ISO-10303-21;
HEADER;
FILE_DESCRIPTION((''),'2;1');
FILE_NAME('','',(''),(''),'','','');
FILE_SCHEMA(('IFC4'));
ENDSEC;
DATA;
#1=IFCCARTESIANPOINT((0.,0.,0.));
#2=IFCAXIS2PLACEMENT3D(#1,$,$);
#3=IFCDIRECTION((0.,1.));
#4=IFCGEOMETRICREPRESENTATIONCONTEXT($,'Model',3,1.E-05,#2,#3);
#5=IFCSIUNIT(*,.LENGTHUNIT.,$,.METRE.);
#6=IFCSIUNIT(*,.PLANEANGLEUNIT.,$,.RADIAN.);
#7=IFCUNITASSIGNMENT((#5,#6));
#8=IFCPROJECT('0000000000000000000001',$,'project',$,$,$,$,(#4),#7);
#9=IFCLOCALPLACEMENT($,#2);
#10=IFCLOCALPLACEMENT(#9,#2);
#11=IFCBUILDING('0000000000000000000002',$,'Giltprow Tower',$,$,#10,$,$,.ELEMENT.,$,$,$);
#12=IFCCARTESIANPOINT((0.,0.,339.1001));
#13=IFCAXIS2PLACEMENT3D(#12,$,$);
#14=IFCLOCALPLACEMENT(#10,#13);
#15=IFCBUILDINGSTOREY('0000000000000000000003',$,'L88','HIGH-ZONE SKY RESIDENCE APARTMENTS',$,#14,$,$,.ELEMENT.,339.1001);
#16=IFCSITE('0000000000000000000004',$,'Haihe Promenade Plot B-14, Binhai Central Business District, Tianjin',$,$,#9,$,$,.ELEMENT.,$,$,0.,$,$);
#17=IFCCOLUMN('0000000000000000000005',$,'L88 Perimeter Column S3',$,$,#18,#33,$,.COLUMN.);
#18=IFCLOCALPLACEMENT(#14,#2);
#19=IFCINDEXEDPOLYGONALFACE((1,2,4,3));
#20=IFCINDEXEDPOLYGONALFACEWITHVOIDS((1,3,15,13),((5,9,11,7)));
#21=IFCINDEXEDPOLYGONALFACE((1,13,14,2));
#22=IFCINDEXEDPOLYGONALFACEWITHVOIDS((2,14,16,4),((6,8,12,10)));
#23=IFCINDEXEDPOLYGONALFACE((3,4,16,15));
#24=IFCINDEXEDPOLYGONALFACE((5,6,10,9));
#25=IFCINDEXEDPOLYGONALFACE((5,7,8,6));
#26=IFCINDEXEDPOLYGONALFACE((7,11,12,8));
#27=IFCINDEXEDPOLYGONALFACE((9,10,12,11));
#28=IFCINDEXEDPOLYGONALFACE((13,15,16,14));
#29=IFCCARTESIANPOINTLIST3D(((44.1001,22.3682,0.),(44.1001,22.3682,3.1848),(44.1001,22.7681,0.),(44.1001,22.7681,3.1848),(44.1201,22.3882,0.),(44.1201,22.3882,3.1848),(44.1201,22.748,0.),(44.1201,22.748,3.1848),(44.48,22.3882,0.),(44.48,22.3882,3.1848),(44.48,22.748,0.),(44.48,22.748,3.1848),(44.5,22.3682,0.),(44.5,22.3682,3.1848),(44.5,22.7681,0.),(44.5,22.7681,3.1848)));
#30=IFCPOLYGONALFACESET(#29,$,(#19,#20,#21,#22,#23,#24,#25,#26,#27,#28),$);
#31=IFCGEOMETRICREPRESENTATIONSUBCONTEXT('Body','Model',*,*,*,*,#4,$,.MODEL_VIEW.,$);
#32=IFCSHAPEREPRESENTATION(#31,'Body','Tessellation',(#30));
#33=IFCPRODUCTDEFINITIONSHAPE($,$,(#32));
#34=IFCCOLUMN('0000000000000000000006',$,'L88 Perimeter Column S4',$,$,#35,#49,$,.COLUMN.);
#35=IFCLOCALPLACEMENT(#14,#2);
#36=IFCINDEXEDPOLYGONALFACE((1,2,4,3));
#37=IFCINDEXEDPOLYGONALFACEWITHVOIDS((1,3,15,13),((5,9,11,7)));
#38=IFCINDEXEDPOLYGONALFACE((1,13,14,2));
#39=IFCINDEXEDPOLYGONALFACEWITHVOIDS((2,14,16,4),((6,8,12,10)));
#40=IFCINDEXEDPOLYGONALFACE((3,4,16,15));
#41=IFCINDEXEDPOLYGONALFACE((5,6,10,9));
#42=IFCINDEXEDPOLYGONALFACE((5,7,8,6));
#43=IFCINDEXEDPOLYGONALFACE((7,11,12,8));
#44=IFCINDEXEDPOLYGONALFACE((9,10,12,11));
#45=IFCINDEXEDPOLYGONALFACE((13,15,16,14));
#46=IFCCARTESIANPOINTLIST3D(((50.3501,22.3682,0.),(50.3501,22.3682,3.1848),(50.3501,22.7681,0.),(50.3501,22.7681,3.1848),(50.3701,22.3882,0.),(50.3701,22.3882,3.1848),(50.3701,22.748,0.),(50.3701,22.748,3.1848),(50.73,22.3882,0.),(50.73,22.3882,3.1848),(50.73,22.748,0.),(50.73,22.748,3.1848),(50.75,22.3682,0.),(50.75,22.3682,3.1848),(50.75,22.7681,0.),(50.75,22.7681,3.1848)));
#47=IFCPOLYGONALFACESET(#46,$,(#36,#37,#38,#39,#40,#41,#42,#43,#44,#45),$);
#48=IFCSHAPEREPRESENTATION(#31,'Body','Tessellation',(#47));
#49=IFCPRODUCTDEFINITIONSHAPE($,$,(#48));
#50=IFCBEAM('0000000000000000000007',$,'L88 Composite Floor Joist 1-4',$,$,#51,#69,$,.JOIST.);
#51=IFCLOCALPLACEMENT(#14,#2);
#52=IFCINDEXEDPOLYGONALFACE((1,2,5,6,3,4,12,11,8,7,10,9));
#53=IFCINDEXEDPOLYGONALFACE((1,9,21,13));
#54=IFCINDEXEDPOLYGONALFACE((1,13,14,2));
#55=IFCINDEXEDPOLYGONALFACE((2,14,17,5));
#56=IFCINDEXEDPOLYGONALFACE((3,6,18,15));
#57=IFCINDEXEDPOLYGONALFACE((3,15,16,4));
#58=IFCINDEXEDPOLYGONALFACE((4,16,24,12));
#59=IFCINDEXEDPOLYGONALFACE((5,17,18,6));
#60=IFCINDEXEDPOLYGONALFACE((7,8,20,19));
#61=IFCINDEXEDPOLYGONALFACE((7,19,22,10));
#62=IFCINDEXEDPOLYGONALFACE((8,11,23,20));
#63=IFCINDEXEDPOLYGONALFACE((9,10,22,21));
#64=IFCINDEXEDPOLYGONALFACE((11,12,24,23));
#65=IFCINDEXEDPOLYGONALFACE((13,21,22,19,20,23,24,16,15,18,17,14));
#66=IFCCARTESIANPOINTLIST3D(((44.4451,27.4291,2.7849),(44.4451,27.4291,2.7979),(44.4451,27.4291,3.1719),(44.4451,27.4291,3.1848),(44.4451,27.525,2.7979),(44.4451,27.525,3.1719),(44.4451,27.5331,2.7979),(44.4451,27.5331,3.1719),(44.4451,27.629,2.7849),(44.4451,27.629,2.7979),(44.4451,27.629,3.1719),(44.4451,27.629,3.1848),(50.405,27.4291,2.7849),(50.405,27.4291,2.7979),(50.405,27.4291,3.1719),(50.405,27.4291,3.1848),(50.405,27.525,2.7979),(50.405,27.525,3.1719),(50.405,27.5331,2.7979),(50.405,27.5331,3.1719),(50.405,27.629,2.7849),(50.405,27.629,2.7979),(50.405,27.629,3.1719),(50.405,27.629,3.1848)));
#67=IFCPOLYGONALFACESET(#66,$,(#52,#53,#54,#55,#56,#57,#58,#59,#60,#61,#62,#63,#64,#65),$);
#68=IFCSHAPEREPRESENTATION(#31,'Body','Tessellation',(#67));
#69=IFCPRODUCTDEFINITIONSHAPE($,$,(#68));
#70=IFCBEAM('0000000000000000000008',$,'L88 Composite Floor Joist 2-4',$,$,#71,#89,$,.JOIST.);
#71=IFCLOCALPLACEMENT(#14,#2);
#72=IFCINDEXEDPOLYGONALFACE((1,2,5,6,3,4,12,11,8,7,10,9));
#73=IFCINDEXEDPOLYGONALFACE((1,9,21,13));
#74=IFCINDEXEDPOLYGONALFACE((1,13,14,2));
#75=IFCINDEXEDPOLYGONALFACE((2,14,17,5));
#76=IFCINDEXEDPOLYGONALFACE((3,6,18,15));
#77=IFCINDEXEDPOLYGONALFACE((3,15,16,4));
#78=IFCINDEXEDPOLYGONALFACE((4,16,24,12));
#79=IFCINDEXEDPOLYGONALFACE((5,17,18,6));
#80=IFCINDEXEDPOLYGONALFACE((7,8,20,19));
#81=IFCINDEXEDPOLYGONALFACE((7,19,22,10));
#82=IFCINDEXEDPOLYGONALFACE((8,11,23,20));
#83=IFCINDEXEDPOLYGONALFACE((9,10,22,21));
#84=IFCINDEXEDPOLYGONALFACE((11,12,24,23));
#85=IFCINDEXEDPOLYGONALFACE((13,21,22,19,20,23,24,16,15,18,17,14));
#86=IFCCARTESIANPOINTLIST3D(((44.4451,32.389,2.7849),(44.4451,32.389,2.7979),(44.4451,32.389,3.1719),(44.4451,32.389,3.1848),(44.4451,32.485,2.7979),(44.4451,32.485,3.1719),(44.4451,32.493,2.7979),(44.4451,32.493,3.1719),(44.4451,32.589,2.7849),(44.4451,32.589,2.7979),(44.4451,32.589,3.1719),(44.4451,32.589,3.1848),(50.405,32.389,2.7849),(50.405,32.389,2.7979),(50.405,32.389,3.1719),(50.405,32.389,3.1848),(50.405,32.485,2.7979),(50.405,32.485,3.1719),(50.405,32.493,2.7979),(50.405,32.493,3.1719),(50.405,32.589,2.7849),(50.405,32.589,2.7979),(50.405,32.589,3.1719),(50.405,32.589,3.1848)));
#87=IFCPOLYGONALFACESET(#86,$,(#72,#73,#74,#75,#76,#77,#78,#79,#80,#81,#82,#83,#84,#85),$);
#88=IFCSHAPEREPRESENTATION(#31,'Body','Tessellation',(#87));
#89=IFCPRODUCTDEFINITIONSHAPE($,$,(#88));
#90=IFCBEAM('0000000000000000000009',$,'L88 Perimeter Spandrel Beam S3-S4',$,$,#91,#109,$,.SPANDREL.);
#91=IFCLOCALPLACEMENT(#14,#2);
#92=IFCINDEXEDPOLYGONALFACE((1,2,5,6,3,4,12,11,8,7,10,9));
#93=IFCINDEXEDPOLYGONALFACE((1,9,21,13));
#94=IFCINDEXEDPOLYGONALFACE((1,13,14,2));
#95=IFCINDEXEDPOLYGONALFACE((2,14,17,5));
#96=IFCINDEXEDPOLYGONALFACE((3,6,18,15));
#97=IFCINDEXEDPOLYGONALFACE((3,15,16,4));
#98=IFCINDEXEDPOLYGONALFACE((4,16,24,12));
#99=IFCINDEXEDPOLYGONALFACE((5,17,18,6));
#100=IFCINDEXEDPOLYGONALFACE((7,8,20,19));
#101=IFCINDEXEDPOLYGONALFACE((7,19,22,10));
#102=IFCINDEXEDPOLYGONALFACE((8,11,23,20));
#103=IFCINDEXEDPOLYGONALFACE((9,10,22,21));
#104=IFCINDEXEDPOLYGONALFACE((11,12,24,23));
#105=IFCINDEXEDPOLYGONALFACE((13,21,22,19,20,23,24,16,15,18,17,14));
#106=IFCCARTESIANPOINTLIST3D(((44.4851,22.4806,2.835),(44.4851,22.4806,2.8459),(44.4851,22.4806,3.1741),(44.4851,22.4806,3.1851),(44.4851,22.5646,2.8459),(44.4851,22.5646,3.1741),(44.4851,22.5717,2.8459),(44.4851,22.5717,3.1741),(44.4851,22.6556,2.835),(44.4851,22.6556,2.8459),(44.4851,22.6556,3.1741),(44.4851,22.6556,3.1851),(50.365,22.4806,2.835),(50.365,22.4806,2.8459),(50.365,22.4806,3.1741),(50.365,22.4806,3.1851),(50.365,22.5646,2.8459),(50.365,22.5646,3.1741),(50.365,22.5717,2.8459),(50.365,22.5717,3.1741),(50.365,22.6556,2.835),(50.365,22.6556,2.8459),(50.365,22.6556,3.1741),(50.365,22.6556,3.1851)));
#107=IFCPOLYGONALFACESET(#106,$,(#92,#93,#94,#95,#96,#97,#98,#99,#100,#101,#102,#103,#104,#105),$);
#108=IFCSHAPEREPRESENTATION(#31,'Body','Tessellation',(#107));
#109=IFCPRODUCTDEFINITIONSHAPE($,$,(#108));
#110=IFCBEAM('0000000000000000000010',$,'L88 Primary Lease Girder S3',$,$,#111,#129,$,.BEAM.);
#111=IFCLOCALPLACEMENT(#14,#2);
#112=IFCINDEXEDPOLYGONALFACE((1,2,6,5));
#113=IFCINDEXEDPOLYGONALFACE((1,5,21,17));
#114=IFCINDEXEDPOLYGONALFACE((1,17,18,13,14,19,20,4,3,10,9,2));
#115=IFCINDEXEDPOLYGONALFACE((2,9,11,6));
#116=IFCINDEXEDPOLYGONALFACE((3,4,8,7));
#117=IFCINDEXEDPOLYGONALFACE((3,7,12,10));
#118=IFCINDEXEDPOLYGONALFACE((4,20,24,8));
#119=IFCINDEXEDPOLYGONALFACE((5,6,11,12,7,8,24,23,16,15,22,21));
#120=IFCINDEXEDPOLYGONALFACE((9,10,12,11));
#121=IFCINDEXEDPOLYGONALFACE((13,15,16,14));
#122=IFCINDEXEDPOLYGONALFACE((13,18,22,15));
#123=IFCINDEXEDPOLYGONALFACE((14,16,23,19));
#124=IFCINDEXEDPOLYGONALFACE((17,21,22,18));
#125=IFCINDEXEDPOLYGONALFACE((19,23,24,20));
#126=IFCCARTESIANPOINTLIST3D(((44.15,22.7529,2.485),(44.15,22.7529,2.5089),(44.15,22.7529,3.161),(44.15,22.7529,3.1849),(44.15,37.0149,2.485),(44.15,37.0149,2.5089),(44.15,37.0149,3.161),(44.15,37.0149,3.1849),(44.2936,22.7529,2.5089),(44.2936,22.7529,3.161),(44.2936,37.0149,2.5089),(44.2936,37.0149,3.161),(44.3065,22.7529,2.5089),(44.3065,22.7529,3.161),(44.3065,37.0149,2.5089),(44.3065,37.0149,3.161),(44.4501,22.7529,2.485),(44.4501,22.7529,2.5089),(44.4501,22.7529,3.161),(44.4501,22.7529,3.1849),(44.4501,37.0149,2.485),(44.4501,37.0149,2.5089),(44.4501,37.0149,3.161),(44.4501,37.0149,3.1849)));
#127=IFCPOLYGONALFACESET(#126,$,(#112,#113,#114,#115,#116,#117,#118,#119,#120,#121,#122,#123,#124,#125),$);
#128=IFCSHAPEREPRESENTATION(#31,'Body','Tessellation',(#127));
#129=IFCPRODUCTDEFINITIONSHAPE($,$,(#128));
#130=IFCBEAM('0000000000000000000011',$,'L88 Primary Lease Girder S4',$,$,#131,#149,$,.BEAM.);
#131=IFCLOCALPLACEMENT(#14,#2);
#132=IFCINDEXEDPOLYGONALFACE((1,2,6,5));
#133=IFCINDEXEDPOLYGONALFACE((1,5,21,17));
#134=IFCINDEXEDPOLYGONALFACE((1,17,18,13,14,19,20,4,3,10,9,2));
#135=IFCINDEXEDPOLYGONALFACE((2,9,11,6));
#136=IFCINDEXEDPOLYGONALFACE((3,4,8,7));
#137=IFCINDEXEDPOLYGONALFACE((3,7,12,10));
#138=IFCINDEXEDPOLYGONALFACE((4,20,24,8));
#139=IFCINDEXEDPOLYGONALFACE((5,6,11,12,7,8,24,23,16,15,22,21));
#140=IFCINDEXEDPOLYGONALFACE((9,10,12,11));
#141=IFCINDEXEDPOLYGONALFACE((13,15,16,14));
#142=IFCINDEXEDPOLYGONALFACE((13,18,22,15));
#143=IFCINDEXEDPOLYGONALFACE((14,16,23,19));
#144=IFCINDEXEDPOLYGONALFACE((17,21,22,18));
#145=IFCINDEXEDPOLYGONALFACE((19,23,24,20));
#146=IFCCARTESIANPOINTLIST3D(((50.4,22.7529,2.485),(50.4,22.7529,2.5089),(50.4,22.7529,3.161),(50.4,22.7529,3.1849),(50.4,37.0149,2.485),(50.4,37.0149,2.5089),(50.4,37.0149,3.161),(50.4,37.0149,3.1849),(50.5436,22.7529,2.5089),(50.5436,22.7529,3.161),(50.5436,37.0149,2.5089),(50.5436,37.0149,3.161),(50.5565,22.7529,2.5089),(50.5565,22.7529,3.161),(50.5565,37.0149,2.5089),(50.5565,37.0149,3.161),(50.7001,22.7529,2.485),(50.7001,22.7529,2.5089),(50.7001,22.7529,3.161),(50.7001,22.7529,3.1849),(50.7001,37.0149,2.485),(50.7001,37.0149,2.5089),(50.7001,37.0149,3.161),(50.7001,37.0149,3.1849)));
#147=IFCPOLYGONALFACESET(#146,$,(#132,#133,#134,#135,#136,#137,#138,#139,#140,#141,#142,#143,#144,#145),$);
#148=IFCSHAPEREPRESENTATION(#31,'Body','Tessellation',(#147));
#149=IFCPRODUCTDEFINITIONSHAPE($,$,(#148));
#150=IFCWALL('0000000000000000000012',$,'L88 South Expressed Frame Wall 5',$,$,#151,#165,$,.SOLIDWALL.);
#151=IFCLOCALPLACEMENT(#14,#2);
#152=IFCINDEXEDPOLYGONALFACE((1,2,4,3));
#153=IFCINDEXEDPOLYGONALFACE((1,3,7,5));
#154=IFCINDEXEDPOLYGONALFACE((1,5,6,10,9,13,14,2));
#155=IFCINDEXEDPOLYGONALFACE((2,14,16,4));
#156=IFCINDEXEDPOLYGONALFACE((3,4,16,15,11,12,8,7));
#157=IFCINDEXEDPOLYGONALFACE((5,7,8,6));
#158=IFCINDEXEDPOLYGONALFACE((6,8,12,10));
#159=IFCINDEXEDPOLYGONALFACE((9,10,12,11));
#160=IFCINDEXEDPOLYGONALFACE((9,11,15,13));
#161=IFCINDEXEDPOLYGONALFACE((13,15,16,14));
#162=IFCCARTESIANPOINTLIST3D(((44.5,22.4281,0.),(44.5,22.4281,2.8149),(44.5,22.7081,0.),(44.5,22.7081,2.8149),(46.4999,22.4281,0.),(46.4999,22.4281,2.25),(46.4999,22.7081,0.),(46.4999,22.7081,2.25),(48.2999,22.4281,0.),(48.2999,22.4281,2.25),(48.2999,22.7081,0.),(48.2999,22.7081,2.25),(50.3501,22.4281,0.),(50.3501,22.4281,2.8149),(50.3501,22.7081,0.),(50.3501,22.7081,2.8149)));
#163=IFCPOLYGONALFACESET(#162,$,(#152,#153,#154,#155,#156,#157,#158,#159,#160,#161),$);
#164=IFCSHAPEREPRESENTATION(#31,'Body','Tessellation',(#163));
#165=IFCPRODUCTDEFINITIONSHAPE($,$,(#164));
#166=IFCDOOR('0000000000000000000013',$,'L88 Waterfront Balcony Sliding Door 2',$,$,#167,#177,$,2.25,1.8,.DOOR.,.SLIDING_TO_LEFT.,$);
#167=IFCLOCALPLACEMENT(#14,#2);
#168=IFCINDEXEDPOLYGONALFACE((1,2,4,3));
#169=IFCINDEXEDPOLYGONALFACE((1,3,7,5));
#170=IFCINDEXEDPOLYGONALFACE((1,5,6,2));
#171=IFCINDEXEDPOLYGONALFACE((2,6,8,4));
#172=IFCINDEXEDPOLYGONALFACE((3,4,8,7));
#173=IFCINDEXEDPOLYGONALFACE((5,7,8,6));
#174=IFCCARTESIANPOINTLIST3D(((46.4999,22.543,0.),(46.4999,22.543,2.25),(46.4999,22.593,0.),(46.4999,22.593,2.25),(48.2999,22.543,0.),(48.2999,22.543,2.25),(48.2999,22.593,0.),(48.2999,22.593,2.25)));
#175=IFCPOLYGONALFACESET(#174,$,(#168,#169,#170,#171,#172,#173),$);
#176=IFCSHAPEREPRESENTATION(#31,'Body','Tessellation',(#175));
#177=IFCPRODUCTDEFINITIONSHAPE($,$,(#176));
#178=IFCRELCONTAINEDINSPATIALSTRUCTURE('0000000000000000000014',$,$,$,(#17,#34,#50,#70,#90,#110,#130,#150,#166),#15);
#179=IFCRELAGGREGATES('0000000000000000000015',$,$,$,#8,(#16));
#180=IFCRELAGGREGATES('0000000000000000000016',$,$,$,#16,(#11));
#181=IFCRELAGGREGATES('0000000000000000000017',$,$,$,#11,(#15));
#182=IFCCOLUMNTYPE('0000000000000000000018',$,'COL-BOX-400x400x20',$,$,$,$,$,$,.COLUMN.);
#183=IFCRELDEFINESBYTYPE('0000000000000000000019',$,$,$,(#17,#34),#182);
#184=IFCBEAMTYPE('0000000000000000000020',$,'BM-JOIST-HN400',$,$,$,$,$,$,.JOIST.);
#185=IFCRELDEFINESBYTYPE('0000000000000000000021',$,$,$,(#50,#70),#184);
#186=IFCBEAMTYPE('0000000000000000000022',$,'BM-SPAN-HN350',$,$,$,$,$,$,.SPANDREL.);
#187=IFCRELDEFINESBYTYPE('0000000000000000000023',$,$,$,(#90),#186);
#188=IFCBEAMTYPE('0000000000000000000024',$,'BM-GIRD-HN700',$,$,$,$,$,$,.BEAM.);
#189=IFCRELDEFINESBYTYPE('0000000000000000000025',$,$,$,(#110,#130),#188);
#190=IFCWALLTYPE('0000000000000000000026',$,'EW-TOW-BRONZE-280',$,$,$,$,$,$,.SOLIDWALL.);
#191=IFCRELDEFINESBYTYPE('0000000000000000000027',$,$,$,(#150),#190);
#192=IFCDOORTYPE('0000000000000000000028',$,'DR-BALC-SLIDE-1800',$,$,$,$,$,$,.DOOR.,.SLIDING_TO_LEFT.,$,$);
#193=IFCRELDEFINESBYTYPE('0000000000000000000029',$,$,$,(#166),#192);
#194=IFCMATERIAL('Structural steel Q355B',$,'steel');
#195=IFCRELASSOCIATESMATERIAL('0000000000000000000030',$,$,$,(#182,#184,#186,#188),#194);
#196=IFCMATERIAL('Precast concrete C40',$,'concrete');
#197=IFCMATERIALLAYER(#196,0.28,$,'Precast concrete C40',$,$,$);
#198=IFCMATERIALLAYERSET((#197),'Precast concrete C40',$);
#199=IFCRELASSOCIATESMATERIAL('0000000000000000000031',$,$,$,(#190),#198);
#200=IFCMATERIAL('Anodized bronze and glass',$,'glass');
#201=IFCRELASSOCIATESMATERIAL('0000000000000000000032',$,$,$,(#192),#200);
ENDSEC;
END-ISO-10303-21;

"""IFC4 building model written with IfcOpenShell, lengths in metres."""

from ifc_helpers import new_model, si_unit, direction, frame, frame_2d, origin, origin_2d, place, context, subcontext, project, spatial, rectangle, hollow_rectangle, i_section, extrude, source, transform, mapped, material, layer, layer_set, material_profile, profile_set, type_object, element, fill, save


model = new_model("IFC4")

# Units and contexts
model_context = context("Model", 3, precision=1e-05, world=origin(), true_north=direction((0.0, 1.0)))
body_context = subcontext(model_context, "Body", "Model", "MODEL_VIEW")
ifc_project = project(units=[si_unit("LENGTHUNIT", "METRE"), si_unit("PLANEANGLEUNIT", "RADIAN")], contexts=[model_context])

# Site, building, storey
site_placement = place(None, origin())
site = spatial("IfcSite", under=ifc_project, at=site_placement, Name="Haihe Promenade Plot B-14, Binhai Central Business District, Tianjin", CompositionType="ELEMENT", RefElevation=0.0)
building_placement = place(site_placement, origin())
building = spatial("IfcBuilding", under=site, at=building_placement, Name="Giltprow Tower", CompositionType="ELEMENT")
storey_placement = place(building_placement, frame((0.0, 0.0, 339.1001)))
storey = spatial("IfcBuildingStorey", under=building, at=storey_placement, Name="L88", Description="HIGH-ZONE SKY RESIDENCE APARTMENTS", CompositionType="ELEMENT", Elevation=339.1001)

# Columns
ifc_material_1 = material(Name="Structural steel Q355B", Category="steel")
ifc_material_profile_1 = material_profile(ifc_material_1, hollow_rectangle(XDim=0.3999, YDim=0.3999, WallThickness=0.02, at=origin_2d()), Name="BOX 400x400x20")
ifc_profile_set_1 = profile_set([ifc_material_profile_1], Name="Structural steel Q355B")
column_type = type_object("IfcColumnType", Name="COL-BOX-400x400x20", PredefinedType="COLUMN", material=ifc_profile_set_1)
shared_shape_1 = source(origin(), body_context, "Body", "SweptSolid", [
    extrude(hollow_rectangle(XDim=0.3999, YDim=0.3999, WallThickness=0.02, at=origin_2d()), origin(), (0.0, 0.0, 1.0), 3.1848),
])
for number, where, z_axis, x_axis, name in (
    (1, (44.3, 22.5681, 0.0), (0.0, 0.0, 1.0), (1.0, 0.0, 0.0), "L88 Perimeter Column S3"),
    (2, (50.55, 22.5681, 0.0), (0.0, 0.0, 1.0), (1.0, 0.0, 0.0), "L88 Perimeter Column S4"),
):
    element("IfcColumn", number, at=place(storey_placement, frame(where, z_axis=z_axis, x_axis=x_axis)), inside=storey, type_object=column_type, Name=name, PredefinedType="COLUMN", context=body_context, shape_type="MappedRepresentation", body=[
        mapped(shared_shape_1, transform((0.0, 0.0, 0.0), x_axis=(1.0, 0.0, 0.0), y_axis=(0.0, 1.0, 0.0), z_axis=(0.0, 0.0, 1.0), scale=1.0)),
    ])

# Beams
ifc_material_profile_2 = material_profile(ifc_material_1, i_section(OverallWidth=0.2, OverallDepth=0.3999, WebThickness=0.0081, FlangeThickness=0.0129, at=origin_2d()), Name="HN 400x200x8x13")
ifc_profile_set_2 = profile_set([ifc_material_profile_2], Name="Structural steel Q355B")
beam_type_1 = type_object("IfcBeamType", Name="BM-JOIST-HN400", PredefinedType="JOIST", material=ifc_profile_set_2)
shared_shape_2 = source(origin(), body_context, "Body", "SweptSolid", [
    extrude(i_section(OverallWidth=0.2, OverallDepth=0.3999, WebThickness=0.0081, FlangeThickness=0.0129, at=origin_2d()), origin(), (0.0, 0.0, 1.0), 5.96),
])
for number, where, z_axis, x_axis, name in (
    (3, (44.4451, 27.5291, 2.9849), (1.0, 0.0, 0.0), (0.0, 1.0, 0.0), "L88 Composite Floor Joist 1-4"),
    (4, (44.4451, 32.489, 2.9849), (1.0, 0.0, 0.0), (0.0, 1.0, 0.0), "L88 Composite Floor Joist 2-4"),
):
    element("IfcBeam", number, at=place(storey_placement, frame(where, z_axis=z_axis, x_axis=x_axis)), inside=storey, type_object=beam_type_1, Name=name, PredefinedType="JOIST", context=body_context, shape_type="MappedRepresentation", body=[
        mapped(shared_shape_2, transform((0.0, 0.0, 0.0), x_axis=(1.0, 0.0, 0.0), y_axis=(0.0, 1.0, 0.0), z_axis=(0.0, 0.0, 1.0), scale=1.0)),
    ])
ifc_material_profile_3 = material_profile(ifc_material_1, i_section(OverallWidth=0.175, OverallDepth=0.3501, WebThickness=0.0071, FlangeThickness=0.011, at=origin_2d()), Name="HN 350x175x7x11")
ifc_profile_set_3 = profile_set([ifc_material_profile_3], Name="Structural steel Q355B")
beam_type_2 = type_object("IfcBeamType", Name="BM-SPAN-HN350", PredefinedType="SPANDREL", material=ifc_profile_set_3)
shared_shape_3 = source(origin(), body_context, "Body", "SweptSolid", [
    extrude(i_section(OverallWidth=0.175, OverallDepth=0.3501, WebThickness=0.0071, FlangeThickness=0.011, at=origin_2d()), origin(), (0.0, 0.0, 1.0), 5.8799),
])
beam_placement = place(storey_placement, frame((44.4851, 22.5681, 3.01), z_axis=(1.0, 0.0, 0.0), x_axis=(0.0, 1.0, 0.0)))
element("IfcBeam", 5, at=beam_placement, inside=storey, type_object=beam_type_2, Name="L88 Perimeter Spandrel Beam S3-S4", PredefinedType="SPANDREL", context=body_context, shape_type="MappedRepresentation", body=[
    mapped(shared_shape_3, transform((0.0, 0.0, 0.0), x_axis=(1.0, 0.0, 0.0), y_axis=(0.0, 1.0, 0.0), z_axis=(0.0, 0.0, 1.0), scale=1.0)),
])
ifc_material_profile_4 = material_profile(ifc_material_1, i_section(OverallWidth=0.3, OverallDepth=0.7, WebThickness=0.0129, FlangeThickness=0.0239, at=origin_2d()), Name="HN 700x300x13x24")
ifc_profile_set_4 = profile_set([ifc_material_profile_4], Name="Structural steel Q355B")
beam_type_3 = type_object("IfcBeamType", Name="BM-GIRD-HN700", PredefinedType="BEAM", material=ifc_profile_set_4)
shared_shape_4 = source(origin(), body_context, "Body", "SweptSolid", [
    extrude(i_section(OverallWidth=0.3, OverallDepth=0.7, WebThickness=0.0129, FlangeThickness=0.0239, at=origin_2d()), origin(), (0.0, 0.0, 1.0), 14.262),
])
for number, where, z_axis, x_axis, name in (
    (6, (44.3, 22.7529, 2.835), (0.0, 1.0, 0.0), (-1.0, 0.0, 0.0), "L88 Primary Lease Girder S3"),
    (7, (50.55, 22.7529, 2.835), (0.0, 1.0, 0.0), (-1.0, 0.0, 0.0), "L88 Primary Lease Girder S4"),
):
    element("IfcBeam", number, at=place(storey_placement, frame(where, z_axis=z_axis, x_axis=x_axis)), inside=storey, type_object=beam_type_3, Name=name, PredefinedType="BEAM", context=body_context, shape_type="MappedRepresentation", body=[
        mapped(shared_shape_4, transform((0.0, 0.0, 0.0), x_axis=(1.0, 0.0, 0.0), y_axis=(0.0, 1.0, 0.0), z_axis=(0.0, 0.0, 1.0), scale=1.0)),
    ])

# Wall, opening, door
ifc_material_2 = material(Name="Precast concrete C40", Category="concrete")
ifc_layer_1 = layer(ifc_material_2, 0.28, Name="Precast concrete C40")
ifc_layer_set_1 = layer_set([ifc_layer_1], Name="Precast concrete C40")
wall_type_1 = type_object("IfcWallType", Name="EW-TOW-BRONZE-280", PredefinedType="SOLIDWALL", material=ifc_layer_set_1)
wall_1_placement = place(storey_placement, frame((44.5, 22.5681, 0.0), z_axis=(0.0, 0.0, 1.0), x_axis=(1.0, 0.0, 0.0)))
wall_1 = element("IfcWall", 8, at=wall_1_placement, inside=storey, type_object=wall_type_1, Name="L88 South Expressed Frame Wall 5", PredefinedType="SOLIDWALL", context=body_context, shape_type="SweptSolid", body=[
    extrude(rectangle(XDim=5.8501, YDim=0.28, at=frame_2d((2.925, 0.0))), origin(), (0.0, 0.0, 1.0), 2.8149),
])
opening_1_placement = place(wall_1_placement, frame((2.0, 0.0, 0.0)))
opening_1 = element("IfcOpeningElement", 9, at=opening_1_placement, cuts=wall_1, PredefinedType="OPENING", context=body_context, shape_type="SweptSolid", body=[
    extrude(rectangle(XDim=1.8, YDim=2.25, at=frame_2d((0.8999, 1.125))), frame((0.0, 0.1499, 0.0), z_axis=(0.0, -1.0, 0.0), x_axis=(1.0, 0.0, 0.0)), (0.0, 0.0, 1.0), 0.3),
])
ifc_material_3 = material(Name="Anodized bronze and glass", Category="glass")
door_type_1 = type_object("IfcDoorType", Name="DR-BALC-SLIDE-1800", OperationType="SLIDING_TO_LEFT", PredefinedType="DOOR", material=ifc_material_3)
shared_shape_5 = source(origin(), body_context, "Body", "SweptSolid", [
    extrude(rectangle(XDim=1.8, YDim=2.25, at=frame_2d((0.8999, 1.125))), frame((0.0, 0.0249, 0.0), z_axis=(0.0, -1.0, 0.0), x_axis=(1.0, 0.0, 0.0)), (0.0, 0.0, 1.0), 0.05),
])
door_1_placement = place(opening_1_placement, origin())
door_1 = element("IfcDoor", 10, at=door_1_placement, inside=storey, type_object=door_type_1, Name="L88 Waterfront Balcony Sliding Door 2", OperationType="SLIDING_TO_LEFT", OverallHeight=2.25, OverallWidth=1.8, PredefinedType="DOOR", context=body_context, shape_type="MappedRepresentation", body=[
    mapped(shared_shape_5, transform((0.0, 0.0, 0.0), x_axis=(1.0, 0.0, 0.0), y_axis=(0.0, 1.0, 0.0), z_axis=(0.0, 0.0, 1.0), scale=1.0)),
])
fill(opening_1, door_1)

save(model, "model.ifc")
